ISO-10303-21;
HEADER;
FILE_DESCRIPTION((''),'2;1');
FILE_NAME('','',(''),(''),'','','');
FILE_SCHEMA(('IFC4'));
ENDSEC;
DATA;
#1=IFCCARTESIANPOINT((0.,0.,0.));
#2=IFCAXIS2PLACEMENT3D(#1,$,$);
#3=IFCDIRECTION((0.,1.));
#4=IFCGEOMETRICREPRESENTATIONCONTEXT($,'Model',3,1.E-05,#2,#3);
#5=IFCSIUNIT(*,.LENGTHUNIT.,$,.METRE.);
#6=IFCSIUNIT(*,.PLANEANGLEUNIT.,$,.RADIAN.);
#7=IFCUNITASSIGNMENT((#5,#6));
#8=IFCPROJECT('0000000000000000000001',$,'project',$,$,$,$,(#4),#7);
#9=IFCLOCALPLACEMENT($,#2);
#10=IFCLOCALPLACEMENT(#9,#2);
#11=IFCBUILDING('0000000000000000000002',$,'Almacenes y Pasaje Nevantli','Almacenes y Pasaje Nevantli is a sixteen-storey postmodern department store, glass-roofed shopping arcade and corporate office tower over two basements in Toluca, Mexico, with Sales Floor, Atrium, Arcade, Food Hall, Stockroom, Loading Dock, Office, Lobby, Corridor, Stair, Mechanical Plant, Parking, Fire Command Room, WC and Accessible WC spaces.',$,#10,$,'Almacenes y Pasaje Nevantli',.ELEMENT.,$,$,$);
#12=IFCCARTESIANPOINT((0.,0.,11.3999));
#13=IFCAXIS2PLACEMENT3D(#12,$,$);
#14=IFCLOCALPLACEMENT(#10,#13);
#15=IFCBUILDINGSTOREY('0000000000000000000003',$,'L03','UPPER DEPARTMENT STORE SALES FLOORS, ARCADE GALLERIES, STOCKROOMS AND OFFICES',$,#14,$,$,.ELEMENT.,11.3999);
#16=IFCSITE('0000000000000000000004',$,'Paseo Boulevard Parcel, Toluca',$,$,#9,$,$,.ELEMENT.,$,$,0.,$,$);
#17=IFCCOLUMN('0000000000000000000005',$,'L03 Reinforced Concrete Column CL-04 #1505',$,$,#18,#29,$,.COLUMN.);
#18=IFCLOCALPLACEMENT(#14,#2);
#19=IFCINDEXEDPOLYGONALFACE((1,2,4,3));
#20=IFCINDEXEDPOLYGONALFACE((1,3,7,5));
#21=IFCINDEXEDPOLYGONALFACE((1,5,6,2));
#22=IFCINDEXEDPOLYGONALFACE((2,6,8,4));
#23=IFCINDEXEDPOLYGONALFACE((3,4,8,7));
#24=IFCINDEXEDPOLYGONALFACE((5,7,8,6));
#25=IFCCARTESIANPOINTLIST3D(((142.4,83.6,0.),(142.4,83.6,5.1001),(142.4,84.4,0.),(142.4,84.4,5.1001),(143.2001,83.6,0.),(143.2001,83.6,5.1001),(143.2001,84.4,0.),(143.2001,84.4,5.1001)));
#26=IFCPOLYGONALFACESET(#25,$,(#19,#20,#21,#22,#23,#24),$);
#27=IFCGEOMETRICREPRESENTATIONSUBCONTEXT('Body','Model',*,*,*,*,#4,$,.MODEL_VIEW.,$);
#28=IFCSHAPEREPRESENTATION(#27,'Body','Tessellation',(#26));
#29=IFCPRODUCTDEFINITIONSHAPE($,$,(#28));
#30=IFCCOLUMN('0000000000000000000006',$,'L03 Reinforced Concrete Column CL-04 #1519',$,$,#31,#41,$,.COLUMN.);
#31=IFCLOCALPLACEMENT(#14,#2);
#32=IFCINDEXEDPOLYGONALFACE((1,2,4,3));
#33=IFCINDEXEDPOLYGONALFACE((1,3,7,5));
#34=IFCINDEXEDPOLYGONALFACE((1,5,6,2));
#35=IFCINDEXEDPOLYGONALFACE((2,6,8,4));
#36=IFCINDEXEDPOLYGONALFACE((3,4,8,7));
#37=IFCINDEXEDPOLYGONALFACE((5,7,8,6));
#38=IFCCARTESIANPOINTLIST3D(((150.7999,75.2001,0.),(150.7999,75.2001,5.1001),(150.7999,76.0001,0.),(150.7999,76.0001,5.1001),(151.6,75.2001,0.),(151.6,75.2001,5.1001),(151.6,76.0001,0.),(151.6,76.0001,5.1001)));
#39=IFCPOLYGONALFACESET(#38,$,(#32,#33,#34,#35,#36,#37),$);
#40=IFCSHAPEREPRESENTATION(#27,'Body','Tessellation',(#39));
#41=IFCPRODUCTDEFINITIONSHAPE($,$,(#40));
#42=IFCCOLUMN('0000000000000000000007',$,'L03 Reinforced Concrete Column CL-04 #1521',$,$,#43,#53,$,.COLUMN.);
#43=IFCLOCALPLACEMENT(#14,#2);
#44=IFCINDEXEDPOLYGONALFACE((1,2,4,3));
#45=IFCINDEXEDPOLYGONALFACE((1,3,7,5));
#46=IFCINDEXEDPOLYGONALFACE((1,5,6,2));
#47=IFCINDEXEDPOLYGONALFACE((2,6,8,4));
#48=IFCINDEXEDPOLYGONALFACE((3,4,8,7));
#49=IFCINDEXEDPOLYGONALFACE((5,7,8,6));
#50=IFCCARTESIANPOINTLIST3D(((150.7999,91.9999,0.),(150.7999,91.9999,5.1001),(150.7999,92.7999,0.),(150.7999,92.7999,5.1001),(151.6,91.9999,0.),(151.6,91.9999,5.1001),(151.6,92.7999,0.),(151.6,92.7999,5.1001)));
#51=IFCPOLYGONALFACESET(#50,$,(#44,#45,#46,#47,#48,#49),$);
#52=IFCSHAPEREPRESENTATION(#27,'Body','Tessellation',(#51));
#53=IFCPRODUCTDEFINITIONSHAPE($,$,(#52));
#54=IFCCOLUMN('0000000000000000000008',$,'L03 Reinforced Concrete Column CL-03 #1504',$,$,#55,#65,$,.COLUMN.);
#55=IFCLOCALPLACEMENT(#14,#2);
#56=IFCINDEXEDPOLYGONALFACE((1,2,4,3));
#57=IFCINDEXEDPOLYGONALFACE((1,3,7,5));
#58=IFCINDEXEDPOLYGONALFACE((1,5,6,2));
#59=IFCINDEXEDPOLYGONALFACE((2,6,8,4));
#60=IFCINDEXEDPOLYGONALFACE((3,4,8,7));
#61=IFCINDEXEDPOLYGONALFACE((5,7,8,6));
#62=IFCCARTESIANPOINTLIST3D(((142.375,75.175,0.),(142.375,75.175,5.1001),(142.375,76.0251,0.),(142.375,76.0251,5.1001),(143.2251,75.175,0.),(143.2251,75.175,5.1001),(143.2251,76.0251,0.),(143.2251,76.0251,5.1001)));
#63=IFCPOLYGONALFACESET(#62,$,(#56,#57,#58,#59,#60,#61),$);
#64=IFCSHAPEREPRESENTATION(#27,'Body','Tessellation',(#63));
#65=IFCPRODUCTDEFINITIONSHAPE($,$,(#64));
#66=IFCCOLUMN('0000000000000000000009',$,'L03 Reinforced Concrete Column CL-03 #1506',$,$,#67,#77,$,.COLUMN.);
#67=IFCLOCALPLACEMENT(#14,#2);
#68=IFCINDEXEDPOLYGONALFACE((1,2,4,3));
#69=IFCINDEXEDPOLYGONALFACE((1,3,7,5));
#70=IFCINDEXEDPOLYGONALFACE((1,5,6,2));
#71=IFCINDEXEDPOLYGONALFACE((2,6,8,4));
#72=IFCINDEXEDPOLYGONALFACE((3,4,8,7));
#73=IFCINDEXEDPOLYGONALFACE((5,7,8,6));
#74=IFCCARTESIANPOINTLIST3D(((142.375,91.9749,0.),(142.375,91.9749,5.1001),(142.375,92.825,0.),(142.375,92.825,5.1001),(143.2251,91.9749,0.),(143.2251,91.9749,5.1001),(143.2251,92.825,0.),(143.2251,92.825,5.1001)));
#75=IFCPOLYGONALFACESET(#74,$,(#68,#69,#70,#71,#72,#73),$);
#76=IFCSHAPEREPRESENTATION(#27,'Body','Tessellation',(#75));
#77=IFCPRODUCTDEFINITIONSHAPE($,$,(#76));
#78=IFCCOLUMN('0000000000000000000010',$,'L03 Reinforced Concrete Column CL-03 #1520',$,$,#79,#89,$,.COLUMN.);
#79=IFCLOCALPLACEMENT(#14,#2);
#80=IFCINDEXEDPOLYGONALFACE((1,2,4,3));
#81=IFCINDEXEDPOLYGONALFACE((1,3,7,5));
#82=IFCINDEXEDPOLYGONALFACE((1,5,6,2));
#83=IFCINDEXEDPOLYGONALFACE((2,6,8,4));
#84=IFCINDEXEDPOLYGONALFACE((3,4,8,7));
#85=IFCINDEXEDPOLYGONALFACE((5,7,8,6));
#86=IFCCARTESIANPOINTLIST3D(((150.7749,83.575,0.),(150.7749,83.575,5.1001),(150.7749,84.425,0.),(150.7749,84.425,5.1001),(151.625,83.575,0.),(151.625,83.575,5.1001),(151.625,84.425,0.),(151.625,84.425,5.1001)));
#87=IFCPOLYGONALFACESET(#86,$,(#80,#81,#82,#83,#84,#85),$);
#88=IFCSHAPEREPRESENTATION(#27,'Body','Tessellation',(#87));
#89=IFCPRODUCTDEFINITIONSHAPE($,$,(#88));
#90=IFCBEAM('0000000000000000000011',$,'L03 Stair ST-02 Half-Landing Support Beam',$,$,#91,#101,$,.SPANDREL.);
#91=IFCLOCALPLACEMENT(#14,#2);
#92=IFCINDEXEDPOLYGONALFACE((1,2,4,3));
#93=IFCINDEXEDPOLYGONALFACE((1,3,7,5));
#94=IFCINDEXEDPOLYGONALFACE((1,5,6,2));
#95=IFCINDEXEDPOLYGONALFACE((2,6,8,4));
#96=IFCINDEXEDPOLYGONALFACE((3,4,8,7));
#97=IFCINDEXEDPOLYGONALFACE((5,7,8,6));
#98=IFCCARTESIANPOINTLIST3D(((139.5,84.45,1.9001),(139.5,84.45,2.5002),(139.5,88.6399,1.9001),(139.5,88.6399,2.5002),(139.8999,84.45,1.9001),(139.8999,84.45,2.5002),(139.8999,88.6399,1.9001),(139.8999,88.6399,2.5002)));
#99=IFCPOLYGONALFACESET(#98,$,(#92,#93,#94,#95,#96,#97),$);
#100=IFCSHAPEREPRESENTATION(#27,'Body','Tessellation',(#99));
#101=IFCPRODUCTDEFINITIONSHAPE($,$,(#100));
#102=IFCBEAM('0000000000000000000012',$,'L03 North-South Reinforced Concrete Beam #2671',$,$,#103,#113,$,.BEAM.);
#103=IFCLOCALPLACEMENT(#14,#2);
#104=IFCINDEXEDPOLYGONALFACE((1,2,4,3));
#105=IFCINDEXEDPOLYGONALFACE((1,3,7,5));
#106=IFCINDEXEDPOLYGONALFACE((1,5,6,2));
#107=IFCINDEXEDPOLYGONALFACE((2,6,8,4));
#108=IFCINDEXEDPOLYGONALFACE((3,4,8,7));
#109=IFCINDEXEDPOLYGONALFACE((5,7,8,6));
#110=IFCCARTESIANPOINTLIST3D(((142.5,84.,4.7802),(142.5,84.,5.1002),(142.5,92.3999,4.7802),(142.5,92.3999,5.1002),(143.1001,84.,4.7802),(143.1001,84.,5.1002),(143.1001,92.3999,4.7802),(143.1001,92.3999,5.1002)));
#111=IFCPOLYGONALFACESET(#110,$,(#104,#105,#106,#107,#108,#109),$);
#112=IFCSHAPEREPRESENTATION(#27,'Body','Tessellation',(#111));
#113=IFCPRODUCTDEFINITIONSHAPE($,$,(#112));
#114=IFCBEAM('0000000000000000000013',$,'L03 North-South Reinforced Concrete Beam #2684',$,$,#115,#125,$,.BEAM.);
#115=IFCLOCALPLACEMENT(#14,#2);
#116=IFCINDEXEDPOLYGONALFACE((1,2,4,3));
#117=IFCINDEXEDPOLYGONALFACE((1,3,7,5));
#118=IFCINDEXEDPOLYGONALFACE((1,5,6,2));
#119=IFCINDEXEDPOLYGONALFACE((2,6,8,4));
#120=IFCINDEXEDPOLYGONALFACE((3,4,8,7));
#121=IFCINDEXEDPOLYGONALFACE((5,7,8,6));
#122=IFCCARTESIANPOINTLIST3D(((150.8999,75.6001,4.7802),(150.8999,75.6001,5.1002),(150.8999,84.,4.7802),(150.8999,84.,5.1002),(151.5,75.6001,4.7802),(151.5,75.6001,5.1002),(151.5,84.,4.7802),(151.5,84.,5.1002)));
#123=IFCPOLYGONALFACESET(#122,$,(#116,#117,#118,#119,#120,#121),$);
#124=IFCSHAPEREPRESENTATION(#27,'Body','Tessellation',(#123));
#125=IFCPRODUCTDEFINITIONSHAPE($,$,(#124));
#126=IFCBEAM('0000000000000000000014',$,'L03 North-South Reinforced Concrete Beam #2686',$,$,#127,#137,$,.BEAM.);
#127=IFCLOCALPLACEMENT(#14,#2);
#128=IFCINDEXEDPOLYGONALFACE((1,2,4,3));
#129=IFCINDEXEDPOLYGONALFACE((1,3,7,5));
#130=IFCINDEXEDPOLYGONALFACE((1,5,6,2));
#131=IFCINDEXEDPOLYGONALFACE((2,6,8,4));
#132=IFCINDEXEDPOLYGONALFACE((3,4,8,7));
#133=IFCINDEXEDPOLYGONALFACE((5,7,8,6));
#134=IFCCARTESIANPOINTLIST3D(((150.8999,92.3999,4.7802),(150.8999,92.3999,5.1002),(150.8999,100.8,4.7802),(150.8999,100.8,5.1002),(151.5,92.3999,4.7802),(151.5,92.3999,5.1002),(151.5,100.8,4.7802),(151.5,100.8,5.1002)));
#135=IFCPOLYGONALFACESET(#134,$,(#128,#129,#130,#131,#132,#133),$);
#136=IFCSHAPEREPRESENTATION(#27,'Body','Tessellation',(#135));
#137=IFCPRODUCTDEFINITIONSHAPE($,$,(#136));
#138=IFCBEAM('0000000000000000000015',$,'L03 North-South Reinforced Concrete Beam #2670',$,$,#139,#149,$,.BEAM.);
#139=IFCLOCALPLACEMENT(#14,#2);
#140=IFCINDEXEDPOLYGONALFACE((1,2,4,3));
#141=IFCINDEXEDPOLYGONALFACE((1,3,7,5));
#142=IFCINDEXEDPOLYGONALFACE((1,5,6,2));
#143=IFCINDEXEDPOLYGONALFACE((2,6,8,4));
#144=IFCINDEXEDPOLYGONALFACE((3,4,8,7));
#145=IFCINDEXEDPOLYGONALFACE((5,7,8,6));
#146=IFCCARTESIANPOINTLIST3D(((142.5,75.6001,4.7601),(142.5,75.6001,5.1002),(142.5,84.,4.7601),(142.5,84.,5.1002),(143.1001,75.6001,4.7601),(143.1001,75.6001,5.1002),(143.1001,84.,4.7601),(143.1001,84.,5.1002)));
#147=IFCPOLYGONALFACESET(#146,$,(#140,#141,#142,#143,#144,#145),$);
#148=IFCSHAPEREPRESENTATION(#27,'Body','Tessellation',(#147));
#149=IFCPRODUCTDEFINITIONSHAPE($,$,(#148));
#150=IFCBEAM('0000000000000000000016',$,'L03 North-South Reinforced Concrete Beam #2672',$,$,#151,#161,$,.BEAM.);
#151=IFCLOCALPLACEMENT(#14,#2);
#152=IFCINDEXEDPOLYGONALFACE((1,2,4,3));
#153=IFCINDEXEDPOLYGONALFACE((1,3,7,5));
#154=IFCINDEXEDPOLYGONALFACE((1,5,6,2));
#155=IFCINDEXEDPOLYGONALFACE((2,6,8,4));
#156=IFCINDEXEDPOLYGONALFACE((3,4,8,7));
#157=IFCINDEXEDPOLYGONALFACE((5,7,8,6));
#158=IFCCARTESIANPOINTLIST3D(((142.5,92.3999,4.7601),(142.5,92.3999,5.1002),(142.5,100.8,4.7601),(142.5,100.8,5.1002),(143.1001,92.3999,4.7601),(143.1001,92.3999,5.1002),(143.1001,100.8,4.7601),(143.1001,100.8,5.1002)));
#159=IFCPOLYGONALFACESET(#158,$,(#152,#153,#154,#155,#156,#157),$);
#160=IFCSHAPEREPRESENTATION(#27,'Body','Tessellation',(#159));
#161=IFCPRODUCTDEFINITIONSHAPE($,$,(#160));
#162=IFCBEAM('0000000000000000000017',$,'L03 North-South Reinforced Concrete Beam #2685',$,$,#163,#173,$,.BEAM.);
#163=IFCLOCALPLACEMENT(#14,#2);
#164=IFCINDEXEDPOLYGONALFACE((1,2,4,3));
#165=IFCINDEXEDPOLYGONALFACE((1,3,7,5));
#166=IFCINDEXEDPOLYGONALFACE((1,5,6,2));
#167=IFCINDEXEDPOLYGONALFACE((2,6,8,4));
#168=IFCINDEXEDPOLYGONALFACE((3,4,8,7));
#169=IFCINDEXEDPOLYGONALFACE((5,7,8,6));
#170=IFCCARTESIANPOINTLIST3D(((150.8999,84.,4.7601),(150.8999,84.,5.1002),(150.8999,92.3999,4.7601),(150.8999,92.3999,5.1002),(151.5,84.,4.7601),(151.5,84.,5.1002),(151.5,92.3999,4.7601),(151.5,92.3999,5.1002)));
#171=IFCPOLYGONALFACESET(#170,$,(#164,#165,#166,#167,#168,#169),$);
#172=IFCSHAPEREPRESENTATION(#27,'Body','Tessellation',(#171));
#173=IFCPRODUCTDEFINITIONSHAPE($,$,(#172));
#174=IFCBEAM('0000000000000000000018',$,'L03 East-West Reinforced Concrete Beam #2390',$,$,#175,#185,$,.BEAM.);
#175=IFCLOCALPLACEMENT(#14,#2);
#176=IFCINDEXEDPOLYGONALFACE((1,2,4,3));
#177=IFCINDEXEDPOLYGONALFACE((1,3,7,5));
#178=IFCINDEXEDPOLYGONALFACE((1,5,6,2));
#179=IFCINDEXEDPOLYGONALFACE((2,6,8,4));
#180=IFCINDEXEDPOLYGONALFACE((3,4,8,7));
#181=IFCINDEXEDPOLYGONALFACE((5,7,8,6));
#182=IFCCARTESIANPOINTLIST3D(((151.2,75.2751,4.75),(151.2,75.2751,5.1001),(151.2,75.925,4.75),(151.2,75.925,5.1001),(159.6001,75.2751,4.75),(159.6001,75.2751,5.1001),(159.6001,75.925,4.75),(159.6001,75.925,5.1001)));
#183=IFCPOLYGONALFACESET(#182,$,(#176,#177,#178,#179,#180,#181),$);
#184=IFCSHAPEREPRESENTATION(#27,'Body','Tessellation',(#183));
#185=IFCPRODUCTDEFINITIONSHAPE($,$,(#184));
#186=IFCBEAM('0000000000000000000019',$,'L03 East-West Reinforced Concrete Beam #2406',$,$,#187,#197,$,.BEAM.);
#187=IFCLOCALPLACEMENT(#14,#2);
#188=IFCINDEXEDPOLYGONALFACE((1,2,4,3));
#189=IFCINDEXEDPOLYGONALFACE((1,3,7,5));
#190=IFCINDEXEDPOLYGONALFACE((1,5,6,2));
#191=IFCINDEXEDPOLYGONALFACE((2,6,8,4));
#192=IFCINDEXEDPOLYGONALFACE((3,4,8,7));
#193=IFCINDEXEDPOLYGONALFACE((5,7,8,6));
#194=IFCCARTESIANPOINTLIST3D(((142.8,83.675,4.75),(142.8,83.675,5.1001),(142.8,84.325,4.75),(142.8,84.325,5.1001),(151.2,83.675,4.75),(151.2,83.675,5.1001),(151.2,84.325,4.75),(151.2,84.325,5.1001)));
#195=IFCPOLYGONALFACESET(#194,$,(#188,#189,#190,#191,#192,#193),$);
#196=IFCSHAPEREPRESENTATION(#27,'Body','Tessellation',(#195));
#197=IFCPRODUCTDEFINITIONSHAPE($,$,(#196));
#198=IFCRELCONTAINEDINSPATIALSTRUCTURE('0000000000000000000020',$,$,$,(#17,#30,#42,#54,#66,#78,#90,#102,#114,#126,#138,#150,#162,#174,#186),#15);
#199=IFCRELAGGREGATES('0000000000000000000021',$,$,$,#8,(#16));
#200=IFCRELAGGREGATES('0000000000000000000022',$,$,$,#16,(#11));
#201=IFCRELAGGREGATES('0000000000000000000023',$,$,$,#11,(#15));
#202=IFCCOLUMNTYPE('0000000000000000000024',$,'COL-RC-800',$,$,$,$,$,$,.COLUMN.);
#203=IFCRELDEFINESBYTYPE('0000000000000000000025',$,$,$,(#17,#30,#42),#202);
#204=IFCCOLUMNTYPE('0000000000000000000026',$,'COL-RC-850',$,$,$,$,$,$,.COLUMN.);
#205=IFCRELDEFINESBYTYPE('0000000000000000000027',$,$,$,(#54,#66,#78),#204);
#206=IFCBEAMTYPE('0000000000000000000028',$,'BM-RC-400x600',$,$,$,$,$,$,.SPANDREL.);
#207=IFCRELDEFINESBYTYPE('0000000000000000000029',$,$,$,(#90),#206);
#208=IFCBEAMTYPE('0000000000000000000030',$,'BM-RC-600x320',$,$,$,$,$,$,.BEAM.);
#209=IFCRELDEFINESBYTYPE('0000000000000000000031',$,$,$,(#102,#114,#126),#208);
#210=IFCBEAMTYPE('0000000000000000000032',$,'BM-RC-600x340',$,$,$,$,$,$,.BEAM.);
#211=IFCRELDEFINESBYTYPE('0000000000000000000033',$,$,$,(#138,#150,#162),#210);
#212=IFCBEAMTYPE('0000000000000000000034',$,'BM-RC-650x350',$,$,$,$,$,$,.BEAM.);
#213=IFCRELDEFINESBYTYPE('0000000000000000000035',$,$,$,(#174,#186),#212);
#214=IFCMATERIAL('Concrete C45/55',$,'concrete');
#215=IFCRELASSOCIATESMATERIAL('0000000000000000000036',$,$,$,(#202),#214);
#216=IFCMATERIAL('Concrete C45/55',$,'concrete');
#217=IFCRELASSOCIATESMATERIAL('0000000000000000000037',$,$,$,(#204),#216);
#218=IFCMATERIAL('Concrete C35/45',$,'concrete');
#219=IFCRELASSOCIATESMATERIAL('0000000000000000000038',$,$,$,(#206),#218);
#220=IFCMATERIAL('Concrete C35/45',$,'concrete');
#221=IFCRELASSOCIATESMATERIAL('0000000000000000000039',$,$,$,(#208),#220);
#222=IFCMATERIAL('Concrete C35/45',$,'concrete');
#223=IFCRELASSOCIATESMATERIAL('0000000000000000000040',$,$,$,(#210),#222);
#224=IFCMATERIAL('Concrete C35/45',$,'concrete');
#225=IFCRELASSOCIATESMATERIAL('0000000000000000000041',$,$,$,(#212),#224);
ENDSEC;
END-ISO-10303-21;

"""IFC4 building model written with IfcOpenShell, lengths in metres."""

from ifc_helpers import new_model, si_unit, direction, frame, origin, origin_2d, place, context, subcontext, project, spatial, rectangle, extrude, material, material_profile, profile_set, type_object, element, save


model = new_model("IFC4")

# Units and contexts
model_context = context("Model", 3, precision=1e-05, world=origin(), true_north=direction((0.0, 1.0)))
body_context = subcontext(model_context, "Body", "Model", "MODEL_VIEW")
ifc_project = project(units=[si_unit("LENGTHUNIT", "METRE"), si_unit("PLANEANGLEUNIT", "RADIAN")], contexts=[model_context])

# Site, building, storey
site_placement = place(None, origin())
site = spatial("IfcSite", under=ifc_project, at=site_placement, Name="Paseo Boulevard Parcel, Toluca", CompositionType="ELEMENT", RefElevation=0.0)
building_placement = place(site_placement, origin())
building = spatial("IfcBuilding", under=site, at=building_placement, Name="Almacenes y Pasaje Nevantli", Description="Almacenes y Pasaje Nevantli is a sixteen-storey postmodern department store, glass-roofed shopping arcade and corporate office tower over two basements in Toluca, Mexico, with Sales Floor, Atrium, Arcade, Food Hall, Stockroom, Loading Dock, Office, Lobby, Corridor, Stair, Mechanical Plant, Parking, Fire Command Room, WC and Accessible WC spaces.", LongName="Almacenes y Pasaje Nevantli", CompositionType="ELEMENT")
storey_placement = place(building_placement, frame((0.0, 0.0, 11.3999)))
storey = spatial("IfcBuildingStorey", under=building, at=storey_placement, Name="L03", Description="UPPER DEPARTMENT STORE SALES FLOORS, ARCADE GALLERIES, STOCKROOMS AND OFFICES", CompositionType="ELEMENT", Elevation=11.3999)

# Columns
ifc_material_1 = material(Name="Concrete C45/55", Category="concrete")
ifc_material_profile_1 = material_profile(ifc_material_1, rectangle(XDim=0.8, YDim=0.8, at=origin_2d()), Name="RC-COL-800x800")
ifc_profile_set_1 = profile_set([ifc_material_profile_1], Name="Concrete C45/55")
column_type_1 = type_object("IfcColumnType", Name="COL-RC-800", PredefinedType="COLUMN", material=ifc_profile_set_1)
for number, where, z_axis, x_axis, name in (
    (1, (142.8, 84.0, 0.0), (0.0, 0.0, 1.0), (1.0, 0.0, 0.0), "L03 Reinforced Concrete Column CL-04 #1505"),
    (2, (151.2, 75.6001, 0.0), (0.0, 0.0, 1.0), (1.0, 0.0, 0.0), "L03 Reinforced Concrete Column CL-04 #1519"),
    (3, (151.2, 92.3999, 0.0), (0.0, 0.0, 1.0), (1.0, 0.0, 0.0), "L03 Reinforced Concrete Column CL-04 #1521"),
):
    element("IfcColumn", number, at=place(storey_placement, frame(where, z_axis=z_axis, x_axis=x_axis)), inside=storey, type_object=column_type_1, Name=name, PredefinedType="COLUMN", context=body_context, shape_type="SweptSolid", body=[
        extrude(rectangle(XDim=0.8, YDim=0.8, at=origin_2d()), origin(), (0.0, 0.0, 1.0), 5.1001),
    ])
ifc_material_2 = material(Name="Concrete C45/55", Category="concrete")
ifc_material_profile_2 = material_profile(ifc_material_2, rectangle(XDim=0.8501, YDim=0.8501, at=origin_2d()), Name="RC-COL-850x850")
ifc_profile_set_2 = profile_set([ifc_material_profile_2], Name="Concrete C45/55")
column_type_2 = type_object("IfcColumnType", Name="COL-RC-850", PredefinedType="COLUMN", material=ifc_profile_set_2)
for number, where, z_axis, x_axis, name in (
    (4, (142.8, 75.6001, 0.0), (0.0, 0.0, 1.0), (1.0, 0.0, 0.0), "L03 Reinforced Concrete Column CL-03 #1504"),
    (5, (142.8, 92.3999, 0.0), (0.0, 0.0, 1.0), (1.0, 0.0, 0.0), "L03 Reinforced Concrete Column CL-03 #1506"),
    (6, (151.2, 84.0, 0.0), (0.0, 0.0, 1.0), (1.0, 0.0, 0.0), "L03 Reinforced Concrete Column CL-03 #1520"),
):
    element("IfcColumn", number, at=place(storey_placement, frame(where, z_axis=z_axis, x_axis=x_axis)), inside=storey, type_object=column_type_2, Name=name, PredefinedType="COLUMN", context=body_context, shape_type="SweptSolid", body=[
        extrude(rectangle(XDim=0.8501, YDim=0.8501, at=origin_2d()), origin(), (0.0, 0.0, 1.0), 5.1001),
    ])

# Beams
ifc_material_3 = material(Name="Concrete C35/45", Category="concrete")
ifc_material_profile_3 = material_profile(ifc_material_3, rectangle(XDim=0.3999, YDim=0.6001, at=origin_2d()), Name="RC-BM-400x600")
ifc_profile_set_3 = profile_set([ifc_material_profile_3], Name="Concrete C35/45")
beam_type_1 = type_object("IfcBeamType", Name="BM-RC-400x600", PredefinedType="SPANDREL", material=ifc_profile_set_3)
beam_1_placement = place(storey_placement, frame((139.7, 84.45, 2.2002), z_axis=(0.0, 1.0, 0.0), x_axis=(-1.0, 0.0, 0.0)))
element("IfcBeam", 7, at=beam_1_placement, inside=storey, type_object=beam_type_1, Name="L03 Stair ST-02 Half-Landing Support Beam", PredefinedType="SPANDREL", context=body_context, shape_type="SweptSolid", body=[
    extrude(rectangle(XDim=0.3999, YDim=0.6001, at=origin_2d()), origin(), (0.0, 0.0, 1.0), 4.1899),
])
ifc_material_4 = material(Name="Concrete C35/45", Category="concrete")
ifc_material_profile_4 = material_profile(ifc_material_4, rectangle(XDim=0.6001, YDim=0.3201, at=origin_2d()), Name="RC-BM-600x320")
ifc_profile_set_4 = profile_set([ifc_material_profile_4], Name="Concrete C35/45")
beam_type_2 = type_object("IfcBeamType", Name="BM-RC-600x320", PredefinedType="BEAM", material=ifc_profile_set_4)
for number, where, z_axis, x_axis, name in (
    (8, (142.8, 84.0, 4.9402), (0.0, 1.0, 0.0), (-1.0, 0.0, 0.0), "L03 North-South Reinforced Concrete Beam #2671"),
    (9, (151.2, 75.6001, 4.9402), (0.0, 1.0, 0.0), (-1.0, 0.0, 0.0), "L03 North-South Reinforced Concrete Beam #2684"),
):
    element("IfcBeam", number, at=place(storey_placement, frame(where, z_axis=z_axis, x_axis=x_axis)), inside=storey, type_object=beam_type_2, Name=name, PredefinedType="BEAM", context=body_context, shape_type="SweptSolid", body=[
        extrude(rectangle(XDim=0.6001, YDim=0.3201, at=origin_2d()), origin(), (0.0, 0.0, 1.0), 8.3999),
    ])
beam_2_placement = place(storey_placement, frame((151.2, 92.3999, 4.9402), z_axis=(0.0, 1.0, 0.0), x_axis=(-1.0, 0.0, 0.0)))
element("IfcBeam", 10, at=beam_2_placement, inside=storey, type_object=beam_type_2, Name="L03 North-South Reinforced Concrete Beam #2686", PredefinedType="BEAM", context=body_context, shape_type="SweptSolid", body=[
    extrude(rectangle(XDim=0.6001, YDim=0.3201, at=origin_2d()), origin(), (0.0, 0.0, 1.0), 8.4001),
])
ifc_material_5 = material(Name="Concrete C35/45", Category="concrete")
ifc_material_profile_5 = material_profile(ifc_material_5, rectangle(XDim=0.6001, YDim=0.3401, at=origin_2d()), Name="RC-BM-600x340")
ifc_profile_set_5 = profile_set([ifc_material_profile_5], Name="Concrete C35/45")
beam_type_3 = type_object("IfcBeamType", Name="BM-RC-600x340", PredefinedType="BEAM", material=ifc_profile_set_5)
beam_3_placement = place(storey_placement, frame((142.8, 75.6001, 4.9302), z_axis=(0.0, 1.0, 0.0), x_axis=(-1.0, 0.0, 0.0)))
element("IfcBeam", 11, at=beam_3_placement, inside=storey, type_object=beam_type_3, Name="L03 North-South Reinforced Concrete Beam #2670", PredefinedType="BEAM", context=body_context, shape_type="SweptSolid", body=[
    extrude(rectangle(XDim=0.6001, YDim=0.3401, at=origin_2d()), origin(), (0.0, 0.0, 1.0), 8.3999),
])
beam_4_placement = place(storey_placement, frame((142.8, 92.3999, 4.9302), z_axis=(0.0, 1.0, 0.0), x_axis=(-1.0, 0.0, 0.0)))
element("IfcBeam", 12, at=beam_4_placement, inside=storey, type_object=beam_type_3, Name="L03 North-South Reinforced Concrete Beam #2672", PredefinedType="BEAM", context=body_context, shape_type="SweptSolid", body=[
    extrude(rectangle(XDim=0.6001, YDim=0.3401, at=origin_2d()), origin(), (0.0, 0.0, 1.0), 8.4001),
])
beam_5_placement = place(storey_placement, frame((151.2, 84.0, 4.9302), z_axis=(0.0, 1.0, 0.0), x_axis=(-1.0, 0.0, 0.0)))
element("IfcBeam", 13, at=beam_5_placement, inside=storey, type_object=beam_type_3, Name="L03 North-South Reinforced Concrete Beam #2685", PredefinedType="BEAM", context=body_context, shape_type="SweptSolid", body=[
    extrude(rectangle(XDim=0.6001, YDim=0.3401, at=origin_2d()), origin(), (0.0, 0.0, 1.0), 8.3999),
])
ifc_material_6 = material(Name="Concrete C35/45", Category="concrete")
ifc_material_profile_6 = material_profile(ifc_material_6, rectangle(XDim=0.6499, YDim=0.3501, at=origin_2d()), Name="RC-BM-650x350")
ifc_profile_set_6 = profile_set([ifc_material_profile_6], Name="Concrete C35/45")
beam_type_4 = type_object("IfcBeamType", Name="BM-RC-650x350", PredefinedType="BEAM", material=ifc_profile_set_6)
beam_6_placement = place(storey_placement, frame((151.2, 75.6001, 4.925), z_axis=(1.0, 0.0, 0.0), x_axis=(0.0, 1.0, 0.0)))
element("IfcBeam", 14, at=beam_6_placement, inside=storey, type_object=beam_type_4, Name="L03 East-West Reinforced Concrete Beam #2390", PredefinedType="BEAM", context=body_context, shape_type="SweptSolid", body=[
    extrude(rectangle(XDim=0.6499, YDim=0.3501, at=origin_2d()), origin(), (0.0, 0.0, 1.0), 8.4001),
])
beam_7_placement = place(storey_placement, frame((142.8, 84.0, 4.925), z_axis=(1.0, 0.0, 0.0), x_axis=(0.0, 1.0, 0.0)))
element("IfcBeam", 15, at=beam_7_placement, inside=storey, type_object=beam_type_4, Name="L03 East-West Reinforced Concrete Beam #2406", PredefinedType="BEAM", context=body_context, shape_type="SweptSolid", body=[
    extrude(rectangle(XDim=0.6499, YDim=0.3501, at=origin_2d()), origin(), (0.0, 0.0, 1.0), 8.3999),
])

save(model, "model.ifc")
